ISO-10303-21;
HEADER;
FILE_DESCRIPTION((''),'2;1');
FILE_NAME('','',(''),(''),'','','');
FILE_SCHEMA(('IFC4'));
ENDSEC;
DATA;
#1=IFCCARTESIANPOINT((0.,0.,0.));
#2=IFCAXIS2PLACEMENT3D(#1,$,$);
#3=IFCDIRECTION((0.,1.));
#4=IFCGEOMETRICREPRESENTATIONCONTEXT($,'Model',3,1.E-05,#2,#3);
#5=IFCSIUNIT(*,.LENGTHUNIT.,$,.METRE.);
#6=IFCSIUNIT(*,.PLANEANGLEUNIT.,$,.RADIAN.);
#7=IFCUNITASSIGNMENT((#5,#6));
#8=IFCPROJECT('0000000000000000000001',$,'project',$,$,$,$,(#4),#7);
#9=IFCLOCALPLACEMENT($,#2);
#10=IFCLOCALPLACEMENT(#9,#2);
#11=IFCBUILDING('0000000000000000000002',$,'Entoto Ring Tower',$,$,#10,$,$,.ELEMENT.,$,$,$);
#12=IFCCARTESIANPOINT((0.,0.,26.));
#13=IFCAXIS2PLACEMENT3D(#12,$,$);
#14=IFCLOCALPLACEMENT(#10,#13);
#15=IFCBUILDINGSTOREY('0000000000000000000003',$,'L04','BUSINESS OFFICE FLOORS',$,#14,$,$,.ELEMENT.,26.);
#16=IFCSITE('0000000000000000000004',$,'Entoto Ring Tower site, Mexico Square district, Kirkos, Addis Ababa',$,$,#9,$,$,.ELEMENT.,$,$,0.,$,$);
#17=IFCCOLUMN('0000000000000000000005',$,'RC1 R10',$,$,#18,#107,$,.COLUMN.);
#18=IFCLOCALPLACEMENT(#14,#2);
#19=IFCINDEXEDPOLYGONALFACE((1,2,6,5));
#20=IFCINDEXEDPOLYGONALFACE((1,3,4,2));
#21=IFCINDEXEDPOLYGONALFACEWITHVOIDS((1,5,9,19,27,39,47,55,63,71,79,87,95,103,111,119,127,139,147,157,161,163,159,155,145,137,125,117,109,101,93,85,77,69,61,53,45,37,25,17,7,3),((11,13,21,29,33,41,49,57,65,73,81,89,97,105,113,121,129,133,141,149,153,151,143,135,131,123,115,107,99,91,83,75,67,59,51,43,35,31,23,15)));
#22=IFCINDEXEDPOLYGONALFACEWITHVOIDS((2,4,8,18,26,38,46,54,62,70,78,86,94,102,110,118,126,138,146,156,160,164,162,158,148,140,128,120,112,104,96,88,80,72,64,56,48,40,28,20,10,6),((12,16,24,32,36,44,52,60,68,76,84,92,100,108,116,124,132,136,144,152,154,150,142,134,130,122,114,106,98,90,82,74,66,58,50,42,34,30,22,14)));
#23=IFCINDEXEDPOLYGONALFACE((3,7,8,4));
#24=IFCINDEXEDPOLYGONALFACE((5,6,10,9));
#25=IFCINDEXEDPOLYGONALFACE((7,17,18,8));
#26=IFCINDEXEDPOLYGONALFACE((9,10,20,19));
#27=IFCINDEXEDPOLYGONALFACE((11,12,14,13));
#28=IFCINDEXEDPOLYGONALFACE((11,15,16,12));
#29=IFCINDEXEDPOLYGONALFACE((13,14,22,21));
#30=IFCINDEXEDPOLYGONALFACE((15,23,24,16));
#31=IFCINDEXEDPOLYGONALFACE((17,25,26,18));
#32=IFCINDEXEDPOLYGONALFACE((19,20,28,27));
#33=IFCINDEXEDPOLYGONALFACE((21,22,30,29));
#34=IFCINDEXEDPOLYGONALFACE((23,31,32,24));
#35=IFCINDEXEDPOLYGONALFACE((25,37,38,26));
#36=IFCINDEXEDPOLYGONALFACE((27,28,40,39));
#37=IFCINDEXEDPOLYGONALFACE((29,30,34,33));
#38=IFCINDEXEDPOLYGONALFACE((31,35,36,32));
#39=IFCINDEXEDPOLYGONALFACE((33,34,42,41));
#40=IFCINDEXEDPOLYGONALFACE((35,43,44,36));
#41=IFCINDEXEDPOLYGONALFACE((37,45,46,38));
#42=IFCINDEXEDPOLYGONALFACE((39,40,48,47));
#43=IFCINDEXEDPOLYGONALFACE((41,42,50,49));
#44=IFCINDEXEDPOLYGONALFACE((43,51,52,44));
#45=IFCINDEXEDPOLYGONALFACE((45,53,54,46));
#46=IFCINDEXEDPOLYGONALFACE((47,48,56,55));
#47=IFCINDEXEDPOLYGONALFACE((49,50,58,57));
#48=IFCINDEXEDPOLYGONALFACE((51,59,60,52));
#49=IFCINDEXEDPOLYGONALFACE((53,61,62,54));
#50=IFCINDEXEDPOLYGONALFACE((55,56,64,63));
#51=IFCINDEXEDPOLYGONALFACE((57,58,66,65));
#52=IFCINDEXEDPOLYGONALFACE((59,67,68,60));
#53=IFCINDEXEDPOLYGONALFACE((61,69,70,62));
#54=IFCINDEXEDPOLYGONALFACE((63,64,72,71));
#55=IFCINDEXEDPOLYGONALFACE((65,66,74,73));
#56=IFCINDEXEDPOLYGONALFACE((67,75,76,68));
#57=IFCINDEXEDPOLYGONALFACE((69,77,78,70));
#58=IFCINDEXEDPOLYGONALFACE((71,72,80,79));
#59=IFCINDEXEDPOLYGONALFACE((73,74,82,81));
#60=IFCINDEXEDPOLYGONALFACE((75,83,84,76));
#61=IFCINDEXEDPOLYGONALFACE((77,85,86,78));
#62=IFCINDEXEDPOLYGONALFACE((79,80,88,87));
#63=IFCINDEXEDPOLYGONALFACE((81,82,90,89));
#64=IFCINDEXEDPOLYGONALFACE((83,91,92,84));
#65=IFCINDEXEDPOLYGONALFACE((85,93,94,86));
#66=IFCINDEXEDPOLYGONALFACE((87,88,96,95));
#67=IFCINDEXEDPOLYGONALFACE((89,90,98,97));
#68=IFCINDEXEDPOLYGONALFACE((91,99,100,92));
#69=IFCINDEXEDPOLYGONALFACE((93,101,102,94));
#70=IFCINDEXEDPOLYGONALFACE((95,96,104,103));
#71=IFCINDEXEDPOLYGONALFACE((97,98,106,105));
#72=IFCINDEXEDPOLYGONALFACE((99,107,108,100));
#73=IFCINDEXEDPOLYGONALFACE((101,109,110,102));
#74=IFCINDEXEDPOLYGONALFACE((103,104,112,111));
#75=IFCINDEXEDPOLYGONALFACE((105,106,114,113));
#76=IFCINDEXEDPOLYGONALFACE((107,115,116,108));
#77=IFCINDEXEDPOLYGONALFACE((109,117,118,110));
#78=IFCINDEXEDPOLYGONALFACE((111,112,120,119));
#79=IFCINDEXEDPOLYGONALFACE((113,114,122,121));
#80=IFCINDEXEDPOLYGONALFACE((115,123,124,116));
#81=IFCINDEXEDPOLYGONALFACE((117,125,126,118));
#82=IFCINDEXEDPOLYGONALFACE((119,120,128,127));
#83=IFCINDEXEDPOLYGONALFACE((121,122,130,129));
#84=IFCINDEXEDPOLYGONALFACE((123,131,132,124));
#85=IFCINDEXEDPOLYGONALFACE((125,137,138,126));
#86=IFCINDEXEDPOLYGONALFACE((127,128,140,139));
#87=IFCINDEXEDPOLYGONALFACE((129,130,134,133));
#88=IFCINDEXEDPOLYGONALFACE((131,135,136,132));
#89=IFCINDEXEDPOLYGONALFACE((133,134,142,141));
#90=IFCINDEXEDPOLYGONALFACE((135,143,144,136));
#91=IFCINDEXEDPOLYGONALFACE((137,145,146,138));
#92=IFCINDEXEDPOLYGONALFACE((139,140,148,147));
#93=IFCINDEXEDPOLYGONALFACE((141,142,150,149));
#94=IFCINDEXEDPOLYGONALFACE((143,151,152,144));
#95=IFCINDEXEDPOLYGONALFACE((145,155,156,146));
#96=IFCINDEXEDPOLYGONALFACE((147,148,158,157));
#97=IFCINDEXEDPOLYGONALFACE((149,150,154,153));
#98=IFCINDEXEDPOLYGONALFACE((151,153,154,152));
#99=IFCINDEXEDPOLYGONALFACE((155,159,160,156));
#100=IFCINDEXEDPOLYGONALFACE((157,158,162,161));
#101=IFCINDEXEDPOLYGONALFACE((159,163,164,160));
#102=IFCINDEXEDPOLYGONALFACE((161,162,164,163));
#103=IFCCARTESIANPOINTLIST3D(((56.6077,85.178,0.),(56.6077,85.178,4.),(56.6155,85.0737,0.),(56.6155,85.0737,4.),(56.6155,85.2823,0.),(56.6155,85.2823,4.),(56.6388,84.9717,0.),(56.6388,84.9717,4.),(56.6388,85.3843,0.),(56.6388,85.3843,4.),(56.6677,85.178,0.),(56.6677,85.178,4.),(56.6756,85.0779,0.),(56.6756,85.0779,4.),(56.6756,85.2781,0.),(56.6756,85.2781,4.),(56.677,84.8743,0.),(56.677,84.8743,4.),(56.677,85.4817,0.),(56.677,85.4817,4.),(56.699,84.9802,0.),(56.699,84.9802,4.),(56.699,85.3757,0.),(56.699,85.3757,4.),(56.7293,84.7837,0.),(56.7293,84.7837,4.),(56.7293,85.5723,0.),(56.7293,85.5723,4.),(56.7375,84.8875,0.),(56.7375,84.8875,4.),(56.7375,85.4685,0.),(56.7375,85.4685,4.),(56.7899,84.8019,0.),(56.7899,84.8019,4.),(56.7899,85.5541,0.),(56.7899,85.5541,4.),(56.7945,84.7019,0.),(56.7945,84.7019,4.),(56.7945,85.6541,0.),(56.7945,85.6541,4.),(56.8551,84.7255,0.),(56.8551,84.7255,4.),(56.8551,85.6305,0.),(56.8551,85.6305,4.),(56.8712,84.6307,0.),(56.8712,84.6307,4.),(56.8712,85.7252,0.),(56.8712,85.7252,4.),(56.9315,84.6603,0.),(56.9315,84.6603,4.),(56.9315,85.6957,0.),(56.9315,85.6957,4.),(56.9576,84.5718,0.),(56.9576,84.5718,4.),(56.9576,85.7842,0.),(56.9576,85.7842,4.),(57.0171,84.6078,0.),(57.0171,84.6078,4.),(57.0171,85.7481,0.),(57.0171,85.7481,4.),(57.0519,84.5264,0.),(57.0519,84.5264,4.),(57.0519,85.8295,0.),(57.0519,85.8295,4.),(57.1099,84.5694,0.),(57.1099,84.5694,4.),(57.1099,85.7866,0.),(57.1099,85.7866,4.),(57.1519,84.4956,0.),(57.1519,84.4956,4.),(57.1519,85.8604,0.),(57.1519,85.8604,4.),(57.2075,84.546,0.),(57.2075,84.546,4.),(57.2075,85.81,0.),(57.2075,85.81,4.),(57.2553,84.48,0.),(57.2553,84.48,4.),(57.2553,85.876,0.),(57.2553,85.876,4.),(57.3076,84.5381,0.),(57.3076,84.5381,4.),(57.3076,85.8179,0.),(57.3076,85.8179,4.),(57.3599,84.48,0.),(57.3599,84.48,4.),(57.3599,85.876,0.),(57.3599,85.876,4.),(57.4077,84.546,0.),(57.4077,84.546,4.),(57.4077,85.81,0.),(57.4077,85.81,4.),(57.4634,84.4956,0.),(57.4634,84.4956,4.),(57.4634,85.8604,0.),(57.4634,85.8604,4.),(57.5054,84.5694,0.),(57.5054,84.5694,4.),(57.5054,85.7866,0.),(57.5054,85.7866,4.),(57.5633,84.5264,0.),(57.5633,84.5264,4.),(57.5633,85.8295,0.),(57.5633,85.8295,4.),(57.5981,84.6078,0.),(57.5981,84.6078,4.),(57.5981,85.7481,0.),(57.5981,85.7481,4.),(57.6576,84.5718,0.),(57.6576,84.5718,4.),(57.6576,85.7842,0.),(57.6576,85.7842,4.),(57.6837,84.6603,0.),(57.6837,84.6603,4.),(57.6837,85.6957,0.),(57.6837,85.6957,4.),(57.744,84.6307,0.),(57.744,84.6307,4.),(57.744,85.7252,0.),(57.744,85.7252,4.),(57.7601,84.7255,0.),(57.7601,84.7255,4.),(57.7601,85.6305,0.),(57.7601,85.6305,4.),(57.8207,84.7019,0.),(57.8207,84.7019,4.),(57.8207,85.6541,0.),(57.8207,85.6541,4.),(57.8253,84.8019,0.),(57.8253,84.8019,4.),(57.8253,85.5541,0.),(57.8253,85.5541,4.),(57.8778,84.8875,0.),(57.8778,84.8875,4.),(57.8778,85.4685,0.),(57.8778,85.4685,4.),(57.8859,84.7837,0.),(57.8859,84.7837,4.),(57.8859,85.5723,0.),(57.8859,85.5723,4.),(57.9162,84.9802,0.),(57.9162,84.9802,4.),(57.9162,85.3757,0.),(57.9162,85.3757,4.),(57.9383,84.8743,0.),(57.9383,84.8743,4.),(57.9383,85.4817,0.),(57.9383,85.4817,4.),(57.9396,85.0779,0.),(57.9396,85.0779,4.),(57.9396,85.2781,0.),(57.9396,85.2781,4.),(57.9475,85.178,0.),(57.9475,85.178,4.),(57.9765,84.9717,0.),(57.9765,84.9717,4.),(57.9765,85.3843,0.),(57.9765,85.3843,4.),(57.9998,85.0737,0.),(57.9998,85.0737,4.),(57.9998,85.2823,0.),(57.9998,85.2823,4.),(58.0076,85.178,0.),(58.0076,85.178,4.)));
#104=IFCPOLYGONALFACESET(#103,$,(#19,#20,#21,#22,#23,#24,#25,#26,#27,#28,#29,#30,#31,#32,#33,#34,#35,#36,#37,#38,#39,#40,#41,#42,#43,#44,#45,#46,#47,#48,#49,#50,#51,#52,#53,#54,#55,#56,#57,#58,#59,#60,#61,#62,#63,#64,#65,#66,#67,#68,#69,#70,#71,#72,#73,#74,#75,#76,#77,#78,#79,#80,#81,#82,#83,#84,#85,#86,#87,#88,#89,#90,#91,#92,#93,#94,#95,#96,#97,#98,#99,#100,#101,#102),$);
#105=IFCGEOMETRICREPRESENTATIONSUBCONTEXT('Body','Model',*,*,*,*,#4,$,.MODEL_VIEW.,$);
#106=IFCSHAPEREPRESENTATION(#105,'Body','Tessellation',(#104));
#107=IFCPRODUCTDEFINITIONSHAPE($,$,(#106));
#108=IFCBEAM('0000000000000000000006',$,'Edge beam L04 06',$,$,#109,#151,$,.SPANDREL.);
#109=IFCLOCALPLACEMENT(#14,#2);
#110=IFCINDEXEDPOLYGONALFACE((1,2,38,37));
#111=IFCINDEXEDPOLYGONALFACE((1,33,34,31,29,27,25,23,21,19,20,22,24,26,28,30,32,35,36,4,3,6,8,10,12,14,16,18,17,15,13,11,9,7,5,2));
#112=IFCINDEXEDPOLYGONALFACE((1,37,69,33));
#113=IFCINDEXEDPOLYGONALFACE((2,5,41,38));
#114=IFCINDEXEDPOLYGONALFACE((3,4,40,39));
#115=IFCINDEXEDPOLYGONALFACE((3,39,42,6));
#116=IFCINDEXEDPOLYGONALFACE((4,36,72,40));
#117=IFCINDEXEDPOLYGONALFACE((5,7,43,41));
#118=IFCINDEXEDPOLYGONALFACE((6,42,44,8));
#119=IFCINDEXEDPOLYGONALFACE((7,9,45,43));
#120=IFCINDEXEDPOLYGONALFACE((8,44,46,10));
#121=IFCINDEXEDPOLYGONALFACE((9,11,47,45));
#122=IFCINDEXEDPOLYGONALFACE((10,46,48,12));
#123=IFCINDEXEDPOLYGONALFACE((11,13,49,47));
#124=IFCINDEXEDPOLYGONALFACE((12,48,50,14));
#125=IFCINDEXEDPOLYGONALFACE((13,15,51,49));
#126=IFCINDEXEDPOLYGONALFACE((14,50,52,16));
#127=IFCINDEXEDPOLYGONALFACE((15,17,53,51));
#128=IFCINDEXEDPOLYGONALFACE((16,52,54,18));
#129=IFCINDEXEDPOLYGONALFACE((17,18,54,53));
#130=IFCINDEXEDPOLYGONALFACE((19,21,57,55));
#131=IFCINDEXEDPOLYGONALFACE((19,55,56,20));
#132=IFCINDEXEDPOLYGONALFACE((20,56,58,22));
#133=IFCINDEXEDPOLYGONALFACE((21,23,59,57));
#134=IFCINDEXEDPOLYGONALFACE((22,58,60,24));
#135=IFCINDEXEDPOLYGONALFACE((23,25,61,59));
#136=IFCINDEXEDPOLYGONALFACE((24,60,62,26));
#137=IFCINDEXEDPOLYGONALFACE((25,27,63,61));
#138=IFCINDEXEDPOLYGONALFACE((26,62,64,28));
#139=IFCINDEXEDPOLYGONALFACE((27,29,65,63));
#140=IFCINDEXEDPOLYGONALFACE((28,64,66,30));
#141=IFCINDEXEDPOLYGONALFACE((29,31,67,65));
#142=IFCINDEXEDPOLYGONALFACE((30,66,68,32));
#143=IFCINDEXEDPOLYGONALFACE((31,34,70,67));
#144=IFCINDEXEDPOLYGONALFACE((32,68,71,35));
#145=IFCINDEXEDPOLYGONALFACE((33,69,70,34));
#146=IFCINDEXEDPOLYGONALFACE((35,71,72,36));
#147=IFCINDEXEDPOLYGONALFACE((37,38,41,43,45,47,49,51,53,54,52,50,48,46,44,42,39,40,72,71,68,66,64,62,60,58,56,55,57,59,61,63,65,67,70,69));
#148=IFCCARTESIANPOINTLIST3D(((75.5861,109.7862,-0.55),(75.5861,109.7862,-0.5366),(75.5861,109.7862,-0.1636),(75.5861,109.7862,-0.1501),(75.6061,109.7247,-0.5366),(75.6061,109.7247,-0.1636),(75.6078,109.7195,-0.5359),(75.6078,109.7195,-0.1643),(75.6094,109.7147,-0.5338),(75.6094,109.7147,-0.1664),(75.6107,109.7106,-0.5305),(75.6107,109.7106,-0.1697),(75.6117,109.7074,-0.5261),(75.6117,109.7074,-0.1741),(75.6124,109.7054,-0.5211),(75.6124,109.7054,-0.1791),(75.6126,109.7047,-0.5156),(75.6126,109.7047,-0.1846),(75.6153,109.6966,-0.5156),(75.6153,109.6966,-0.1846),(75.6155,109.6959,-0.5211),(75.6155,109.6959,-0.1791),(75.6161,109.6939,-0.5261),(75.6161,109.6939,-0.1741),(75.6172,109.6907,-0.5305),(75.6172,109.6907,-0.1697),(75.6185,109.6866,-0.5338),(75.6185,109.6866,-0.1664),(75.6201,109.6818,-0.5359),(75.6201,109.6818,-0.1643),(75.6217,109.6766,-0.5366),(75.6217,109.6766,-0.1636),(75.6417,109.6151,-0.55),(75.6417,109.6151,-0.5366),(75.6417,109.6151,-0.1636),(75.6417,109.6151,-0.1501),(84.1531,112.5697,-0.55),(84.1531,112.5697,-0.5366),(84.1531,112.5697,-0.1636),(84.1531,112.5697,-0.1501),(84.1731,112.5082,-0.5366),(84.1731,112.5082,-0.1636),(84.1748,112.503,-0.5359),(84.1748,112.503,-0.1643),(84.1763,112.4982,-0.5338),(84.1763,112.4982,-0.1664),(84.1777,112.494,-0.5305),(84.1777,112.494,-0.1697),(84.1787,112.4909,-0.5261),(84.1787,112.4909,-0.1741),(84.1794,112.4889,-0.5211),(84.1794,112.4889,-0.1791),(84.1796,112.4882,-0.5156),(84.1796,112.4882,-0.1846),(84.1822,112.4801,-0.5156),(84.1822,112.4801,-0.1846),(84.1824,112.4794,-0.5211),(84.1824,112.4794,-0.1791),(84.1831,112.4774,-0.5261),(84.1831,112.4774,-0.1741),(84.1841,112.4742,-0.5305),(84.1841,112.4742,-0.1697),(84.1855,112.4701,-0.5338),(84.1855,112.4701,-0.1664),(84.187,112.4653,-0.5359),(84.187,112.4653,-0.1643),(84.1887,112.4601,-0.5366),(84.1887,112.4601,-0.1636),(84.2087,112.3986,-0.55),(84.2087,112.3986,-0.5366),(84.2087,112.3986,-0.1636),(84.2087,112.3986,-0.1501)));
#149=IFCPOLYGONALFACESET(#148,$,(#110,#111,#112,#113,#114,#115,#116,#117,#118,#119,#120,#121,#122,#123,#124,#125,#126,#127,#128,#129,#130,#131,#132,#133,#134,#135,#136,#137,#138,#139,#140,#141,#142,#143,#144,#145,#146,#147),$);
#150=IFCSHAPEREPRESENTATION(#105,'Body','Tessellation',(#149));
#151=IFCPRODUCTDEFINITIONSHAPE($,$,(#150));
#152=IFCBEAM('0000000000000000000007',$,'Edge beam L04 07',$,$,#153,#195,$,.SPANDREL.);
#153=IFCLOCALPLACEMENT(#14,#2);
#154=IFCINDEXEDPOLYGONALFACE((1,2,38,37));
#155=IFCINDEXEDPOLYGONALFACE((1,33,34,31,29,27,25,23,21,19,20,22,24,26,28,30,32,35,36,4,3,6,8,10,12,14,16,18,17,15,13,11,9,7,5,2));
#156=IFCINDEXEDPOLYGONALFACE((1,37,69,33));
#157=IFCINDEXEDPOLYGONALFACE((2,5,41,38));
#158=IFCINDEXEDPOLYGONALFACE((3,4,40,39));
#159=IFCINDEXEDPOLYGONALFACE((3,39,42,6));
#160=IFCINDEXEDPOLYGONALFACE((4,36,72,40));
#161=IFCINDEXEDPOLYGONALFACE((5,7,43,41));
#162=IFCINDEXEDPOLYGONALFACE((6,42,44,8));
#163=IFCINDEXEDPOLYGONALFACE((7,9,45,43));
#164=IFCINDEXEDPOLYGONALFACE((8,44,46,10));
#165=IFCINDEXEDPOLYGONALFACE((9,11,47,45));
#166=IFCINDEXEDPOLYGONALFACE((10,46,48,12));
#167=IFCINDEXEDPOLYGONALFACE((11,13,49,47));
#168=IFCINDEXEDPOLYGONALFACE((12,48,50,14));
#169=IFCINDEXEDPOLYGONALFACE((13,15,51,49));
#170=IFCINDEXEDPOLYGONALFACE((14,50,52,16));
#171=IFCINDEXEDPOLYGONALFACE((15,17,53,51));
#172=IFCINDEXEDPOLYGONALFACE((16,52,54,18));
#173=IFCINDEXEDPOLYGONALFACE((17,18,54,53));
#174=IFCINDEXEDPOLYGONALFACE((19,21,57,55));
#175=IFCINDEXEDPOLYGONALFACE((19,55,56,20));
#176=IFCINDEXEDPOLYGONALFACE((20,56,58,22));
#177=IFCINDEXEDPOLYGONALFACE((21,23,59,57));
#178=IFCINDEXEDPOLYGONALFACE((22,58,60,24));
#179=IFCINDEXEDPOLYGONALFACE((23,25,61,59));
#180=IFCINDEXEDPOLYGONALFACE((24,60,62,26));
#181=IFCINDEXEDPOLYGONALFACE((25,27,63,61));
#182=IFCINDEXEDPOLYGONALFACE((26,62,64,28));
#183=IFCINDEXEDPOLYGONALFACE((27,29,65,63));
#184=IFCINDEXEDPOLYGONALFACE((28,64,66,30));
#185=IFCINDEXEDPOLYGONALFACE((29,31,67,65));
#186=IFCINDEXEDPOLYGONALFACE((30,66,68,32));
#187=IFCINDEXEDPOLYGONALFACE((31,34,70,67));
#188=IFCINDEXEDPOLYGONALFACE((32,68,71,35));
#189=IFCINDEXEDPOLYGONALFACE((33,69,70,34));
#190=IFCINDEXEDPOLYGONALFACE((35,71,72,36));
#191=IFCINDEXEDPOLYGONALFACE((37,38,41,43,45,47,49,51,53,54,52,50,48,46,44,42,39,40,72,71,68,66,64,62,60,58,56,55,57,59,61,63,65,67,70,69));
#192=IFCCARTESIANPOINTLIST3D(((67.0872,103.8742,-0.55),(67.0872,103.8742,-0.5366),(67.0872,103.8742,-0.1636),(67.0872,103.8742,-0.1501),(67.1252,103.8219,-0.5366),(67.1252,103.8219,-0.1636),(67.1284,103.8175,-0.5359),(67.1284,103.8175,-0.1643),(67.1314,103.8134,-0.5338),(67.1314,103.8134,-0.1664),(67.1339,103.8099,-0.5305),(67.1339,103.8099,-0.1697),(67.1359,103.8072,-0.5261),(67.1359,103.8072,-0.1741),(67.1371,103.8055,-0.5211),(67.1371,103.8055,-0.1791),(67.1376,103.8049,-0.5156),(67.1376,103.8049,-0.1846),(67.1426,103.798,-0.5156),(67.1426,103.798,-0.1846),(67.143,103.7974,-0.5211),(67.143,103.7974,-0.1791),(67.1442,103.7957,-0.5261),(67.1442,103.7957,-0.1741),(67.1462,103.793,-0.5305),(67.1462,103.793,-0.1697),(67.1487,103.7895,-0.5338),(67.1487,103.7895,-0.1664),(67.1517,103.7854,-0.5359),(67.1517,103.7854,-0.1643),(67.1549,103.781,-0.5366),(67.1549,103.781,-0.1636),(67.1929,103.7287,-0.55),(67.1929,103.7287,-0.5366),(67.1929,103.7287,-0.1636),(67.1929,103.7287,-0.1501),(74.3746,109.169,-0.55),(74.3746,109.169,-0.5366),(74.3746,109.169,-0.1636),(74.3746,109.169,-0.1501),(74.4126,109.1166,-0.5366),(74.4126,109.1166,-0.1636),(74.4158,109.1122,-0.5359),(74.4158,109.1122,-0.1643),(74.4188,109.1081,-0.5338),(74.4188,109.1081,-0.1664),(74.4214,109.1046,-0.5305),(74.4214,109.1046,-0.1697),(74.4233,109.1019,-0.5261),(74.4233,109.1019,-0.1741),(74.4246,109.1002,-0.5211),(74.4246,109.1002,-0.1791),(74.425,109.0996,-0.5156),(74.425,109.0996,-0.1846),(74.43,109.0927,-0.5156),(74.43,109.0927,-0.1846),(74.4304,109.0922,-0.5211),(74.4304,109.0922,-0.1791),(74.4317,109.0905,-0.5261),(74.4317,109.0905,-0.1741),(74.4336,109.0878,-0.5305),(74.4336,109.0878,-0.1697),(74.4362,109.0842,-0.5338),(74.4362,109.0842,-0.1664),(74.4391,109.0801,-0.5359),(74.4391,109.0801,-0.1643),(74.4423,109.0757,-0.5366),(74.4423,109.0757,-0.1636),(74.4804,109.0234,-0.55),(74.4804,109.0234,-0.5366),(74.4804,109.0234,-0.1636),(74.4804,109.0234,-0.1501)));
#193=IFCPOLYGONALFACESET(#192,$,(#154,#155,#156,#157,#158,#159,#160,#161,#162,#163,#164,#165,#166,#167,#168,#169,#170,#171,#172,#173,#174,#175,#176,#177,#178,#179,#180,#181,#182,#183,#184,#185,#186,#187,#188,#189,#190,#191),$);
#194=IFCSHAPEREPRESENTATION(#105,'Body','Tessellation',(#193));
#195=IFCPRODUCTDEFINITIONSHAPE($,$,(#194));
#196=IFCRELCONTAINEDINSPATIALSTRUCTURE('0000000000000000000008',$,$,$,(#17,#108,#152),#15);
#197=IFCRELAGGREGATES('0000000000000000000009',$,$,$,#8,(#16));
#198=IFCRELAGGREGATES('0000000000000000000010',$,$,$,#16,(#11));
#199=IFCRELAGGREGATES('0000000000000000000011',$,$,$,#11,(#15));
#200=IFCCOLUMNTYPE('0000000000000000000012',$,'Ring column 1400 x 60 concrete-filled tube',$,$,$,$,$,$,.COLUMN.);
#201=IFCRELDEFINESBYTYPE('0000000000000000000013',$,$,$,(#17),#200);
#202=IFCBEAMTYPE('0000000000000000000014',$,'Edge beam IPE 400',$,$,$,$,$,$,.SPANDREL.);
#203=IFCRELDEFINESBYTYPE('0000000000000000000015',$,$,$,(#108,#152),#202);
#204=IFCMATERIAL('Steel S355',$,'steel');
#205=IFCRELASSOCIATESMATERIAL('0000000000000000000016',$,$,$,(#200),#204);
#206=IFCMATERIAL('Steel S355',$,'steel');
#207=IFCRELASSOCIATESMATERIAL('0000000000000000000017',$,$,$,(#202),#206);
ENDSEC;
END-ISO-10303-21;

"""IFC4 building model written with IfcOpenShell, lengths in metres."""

from ifc_helpers import new_model, si_unit, direction, frame, origin, origin_2d, place, context, subcontext, project, spatial, circle, hollow_circle, i_section, extrude, material, material_profile, profile_set, type_object, element, save


model = new_model("IFC4")

# Units and contexts
model_context = context("Model", 3, precision=1e-05, world=origin(), true_north=direction((0.0, 1.0)))
body_context = subcontext(model_context, "Body", "Model", "MODEL_VIEW")
ifc_project = project(units=[si_unit("LENGTHUNIT", "METRE"), si_unit("PLANEANGLEUNIT", "RADIAN")], contexts=[model_context])

# Site, building, storey
site_placement = place(None, origin())
site = spatial("IfcSite", under=ifc_project, at=site_placement, Name="Entoto Ring Tower site, Mexico Square district, Kirkos, Addis Ababa", CompositionType="ELEMENT", RefElevation=0.0)
building_placement = place(site_placement, origin())
building = spatial("IfcBuilding", under=site, at=building_placement, Name="Entoto Ring Tower", CompositionType="ELEMENT")
storey_placement = place(building_placement, frame((0.0, 0.0, 26.0)))
storey = spatial("IfcBuildingStorey", under=building, at=storey_placement, Name="L04", Description="BUSINESS OFFICE FLOORS", CompositionType="ELEMENT", Elevation=26.0)

# Column
ifc_material_1 = material(Name="Steel S355", Category="steel")
ifc_material_profile_1 = material_profile(ifc_material_1, hollow_circle(Radius=0.7, WallThickness=0.0601, at=origin_2d()), Name="CHS 1400 x 60")
ifc_material_2 = material(Name="Concrete C60/75", Category="concrete")
ifc_material_profile_2 = material_profile(ifc_material_2, circle(Radius=0.6399, at=origin_2d()), Name="Concrete C60/75 infill")
ifc_profile_set_1 = profile_set([ifc_material_profile_1, ifc_material_profile_2], Name="Steel S355")
column_type = type_object("IfcColumnType", Name="Ring column 1400 x 60 concrete-filled tube", PredefinedType="COLUMN", material=ifc_profile_set_1)
for number, where, z_axis, x_axis, name in (
    (1, (57.3076, 85.178, 0.0), (0.0, 0.0, 1.0), (1.0, 0.0, 0.0), "RC1 R10"),
):
    element("IfcColumn", number, at=place(storey_placement, frame(where, z_axis=z_axis, x_axis=x_axis)), inside=storey, type_object=column_type, Name=name, PredefinedType="COLUMN", context=body_context, shape_type="SweptSolid", body=[
        extrude(hollow_circle(Radius=0.7, WallThickness=0.0601, at=origin_2d()), origin(), (0.0, 0.0, 1.0), 4.0),
    ])

# Beams
ifc_material_3 = material(Name="Steel S355", Category="steel")
ifc_material_profile_3 = material_profile(ifc_material_3, i_section(OverallWidth=0.1799, OverallDepth=0.3999, WebThickness=0.0085, FlangeThickness=0.0134, FilletRadius=0.021, at=origin_2d()), Name="IPE 400")
ifc_profile_set_2 = profile_set([ifc_material_profile_3], Name="Steel S355")
beam_type_1 = type_object("IfcBeamType", Name="Edge beam IPE 400", PredefinedType="SPANDREL", material=ifc_profile_set_2)
for number, where, z_axis, x_axis, name in (
    (2, (84.1809, 112.4841, -0.3501), (-0.95106, -0.309006, 0.0), (0.309006, -0.95106, 0.0), "Edge beam L04 06"),
    (3, (74.4275, 109.0962, -0.3501), (-0.809011, -0.587793, 0.0), (0.587793, -0.809011, 0.0), "Edge beam L04 07"),
):
    element("IfcBeam", number, at=place(storey_placement, frame(where, z_axis=z_axis, x_axis=x_axis)), inside=storey, type_object=beam_type_1, Name=name, PredefinedType="SPANDREL", context=body_context, shape_type="SweptSolid", body=[
        extrude(i_section(OverallWidth=0.1799, OverallDepth=0.3999, WebThickness=0.0085, FlangeThickness=0.0134, FilletRadius=0.021, at=origin_2d()), origin(), (0.0, 0.0, 1.0), 9.0078),
    ])

save(model, "model.ifc")
